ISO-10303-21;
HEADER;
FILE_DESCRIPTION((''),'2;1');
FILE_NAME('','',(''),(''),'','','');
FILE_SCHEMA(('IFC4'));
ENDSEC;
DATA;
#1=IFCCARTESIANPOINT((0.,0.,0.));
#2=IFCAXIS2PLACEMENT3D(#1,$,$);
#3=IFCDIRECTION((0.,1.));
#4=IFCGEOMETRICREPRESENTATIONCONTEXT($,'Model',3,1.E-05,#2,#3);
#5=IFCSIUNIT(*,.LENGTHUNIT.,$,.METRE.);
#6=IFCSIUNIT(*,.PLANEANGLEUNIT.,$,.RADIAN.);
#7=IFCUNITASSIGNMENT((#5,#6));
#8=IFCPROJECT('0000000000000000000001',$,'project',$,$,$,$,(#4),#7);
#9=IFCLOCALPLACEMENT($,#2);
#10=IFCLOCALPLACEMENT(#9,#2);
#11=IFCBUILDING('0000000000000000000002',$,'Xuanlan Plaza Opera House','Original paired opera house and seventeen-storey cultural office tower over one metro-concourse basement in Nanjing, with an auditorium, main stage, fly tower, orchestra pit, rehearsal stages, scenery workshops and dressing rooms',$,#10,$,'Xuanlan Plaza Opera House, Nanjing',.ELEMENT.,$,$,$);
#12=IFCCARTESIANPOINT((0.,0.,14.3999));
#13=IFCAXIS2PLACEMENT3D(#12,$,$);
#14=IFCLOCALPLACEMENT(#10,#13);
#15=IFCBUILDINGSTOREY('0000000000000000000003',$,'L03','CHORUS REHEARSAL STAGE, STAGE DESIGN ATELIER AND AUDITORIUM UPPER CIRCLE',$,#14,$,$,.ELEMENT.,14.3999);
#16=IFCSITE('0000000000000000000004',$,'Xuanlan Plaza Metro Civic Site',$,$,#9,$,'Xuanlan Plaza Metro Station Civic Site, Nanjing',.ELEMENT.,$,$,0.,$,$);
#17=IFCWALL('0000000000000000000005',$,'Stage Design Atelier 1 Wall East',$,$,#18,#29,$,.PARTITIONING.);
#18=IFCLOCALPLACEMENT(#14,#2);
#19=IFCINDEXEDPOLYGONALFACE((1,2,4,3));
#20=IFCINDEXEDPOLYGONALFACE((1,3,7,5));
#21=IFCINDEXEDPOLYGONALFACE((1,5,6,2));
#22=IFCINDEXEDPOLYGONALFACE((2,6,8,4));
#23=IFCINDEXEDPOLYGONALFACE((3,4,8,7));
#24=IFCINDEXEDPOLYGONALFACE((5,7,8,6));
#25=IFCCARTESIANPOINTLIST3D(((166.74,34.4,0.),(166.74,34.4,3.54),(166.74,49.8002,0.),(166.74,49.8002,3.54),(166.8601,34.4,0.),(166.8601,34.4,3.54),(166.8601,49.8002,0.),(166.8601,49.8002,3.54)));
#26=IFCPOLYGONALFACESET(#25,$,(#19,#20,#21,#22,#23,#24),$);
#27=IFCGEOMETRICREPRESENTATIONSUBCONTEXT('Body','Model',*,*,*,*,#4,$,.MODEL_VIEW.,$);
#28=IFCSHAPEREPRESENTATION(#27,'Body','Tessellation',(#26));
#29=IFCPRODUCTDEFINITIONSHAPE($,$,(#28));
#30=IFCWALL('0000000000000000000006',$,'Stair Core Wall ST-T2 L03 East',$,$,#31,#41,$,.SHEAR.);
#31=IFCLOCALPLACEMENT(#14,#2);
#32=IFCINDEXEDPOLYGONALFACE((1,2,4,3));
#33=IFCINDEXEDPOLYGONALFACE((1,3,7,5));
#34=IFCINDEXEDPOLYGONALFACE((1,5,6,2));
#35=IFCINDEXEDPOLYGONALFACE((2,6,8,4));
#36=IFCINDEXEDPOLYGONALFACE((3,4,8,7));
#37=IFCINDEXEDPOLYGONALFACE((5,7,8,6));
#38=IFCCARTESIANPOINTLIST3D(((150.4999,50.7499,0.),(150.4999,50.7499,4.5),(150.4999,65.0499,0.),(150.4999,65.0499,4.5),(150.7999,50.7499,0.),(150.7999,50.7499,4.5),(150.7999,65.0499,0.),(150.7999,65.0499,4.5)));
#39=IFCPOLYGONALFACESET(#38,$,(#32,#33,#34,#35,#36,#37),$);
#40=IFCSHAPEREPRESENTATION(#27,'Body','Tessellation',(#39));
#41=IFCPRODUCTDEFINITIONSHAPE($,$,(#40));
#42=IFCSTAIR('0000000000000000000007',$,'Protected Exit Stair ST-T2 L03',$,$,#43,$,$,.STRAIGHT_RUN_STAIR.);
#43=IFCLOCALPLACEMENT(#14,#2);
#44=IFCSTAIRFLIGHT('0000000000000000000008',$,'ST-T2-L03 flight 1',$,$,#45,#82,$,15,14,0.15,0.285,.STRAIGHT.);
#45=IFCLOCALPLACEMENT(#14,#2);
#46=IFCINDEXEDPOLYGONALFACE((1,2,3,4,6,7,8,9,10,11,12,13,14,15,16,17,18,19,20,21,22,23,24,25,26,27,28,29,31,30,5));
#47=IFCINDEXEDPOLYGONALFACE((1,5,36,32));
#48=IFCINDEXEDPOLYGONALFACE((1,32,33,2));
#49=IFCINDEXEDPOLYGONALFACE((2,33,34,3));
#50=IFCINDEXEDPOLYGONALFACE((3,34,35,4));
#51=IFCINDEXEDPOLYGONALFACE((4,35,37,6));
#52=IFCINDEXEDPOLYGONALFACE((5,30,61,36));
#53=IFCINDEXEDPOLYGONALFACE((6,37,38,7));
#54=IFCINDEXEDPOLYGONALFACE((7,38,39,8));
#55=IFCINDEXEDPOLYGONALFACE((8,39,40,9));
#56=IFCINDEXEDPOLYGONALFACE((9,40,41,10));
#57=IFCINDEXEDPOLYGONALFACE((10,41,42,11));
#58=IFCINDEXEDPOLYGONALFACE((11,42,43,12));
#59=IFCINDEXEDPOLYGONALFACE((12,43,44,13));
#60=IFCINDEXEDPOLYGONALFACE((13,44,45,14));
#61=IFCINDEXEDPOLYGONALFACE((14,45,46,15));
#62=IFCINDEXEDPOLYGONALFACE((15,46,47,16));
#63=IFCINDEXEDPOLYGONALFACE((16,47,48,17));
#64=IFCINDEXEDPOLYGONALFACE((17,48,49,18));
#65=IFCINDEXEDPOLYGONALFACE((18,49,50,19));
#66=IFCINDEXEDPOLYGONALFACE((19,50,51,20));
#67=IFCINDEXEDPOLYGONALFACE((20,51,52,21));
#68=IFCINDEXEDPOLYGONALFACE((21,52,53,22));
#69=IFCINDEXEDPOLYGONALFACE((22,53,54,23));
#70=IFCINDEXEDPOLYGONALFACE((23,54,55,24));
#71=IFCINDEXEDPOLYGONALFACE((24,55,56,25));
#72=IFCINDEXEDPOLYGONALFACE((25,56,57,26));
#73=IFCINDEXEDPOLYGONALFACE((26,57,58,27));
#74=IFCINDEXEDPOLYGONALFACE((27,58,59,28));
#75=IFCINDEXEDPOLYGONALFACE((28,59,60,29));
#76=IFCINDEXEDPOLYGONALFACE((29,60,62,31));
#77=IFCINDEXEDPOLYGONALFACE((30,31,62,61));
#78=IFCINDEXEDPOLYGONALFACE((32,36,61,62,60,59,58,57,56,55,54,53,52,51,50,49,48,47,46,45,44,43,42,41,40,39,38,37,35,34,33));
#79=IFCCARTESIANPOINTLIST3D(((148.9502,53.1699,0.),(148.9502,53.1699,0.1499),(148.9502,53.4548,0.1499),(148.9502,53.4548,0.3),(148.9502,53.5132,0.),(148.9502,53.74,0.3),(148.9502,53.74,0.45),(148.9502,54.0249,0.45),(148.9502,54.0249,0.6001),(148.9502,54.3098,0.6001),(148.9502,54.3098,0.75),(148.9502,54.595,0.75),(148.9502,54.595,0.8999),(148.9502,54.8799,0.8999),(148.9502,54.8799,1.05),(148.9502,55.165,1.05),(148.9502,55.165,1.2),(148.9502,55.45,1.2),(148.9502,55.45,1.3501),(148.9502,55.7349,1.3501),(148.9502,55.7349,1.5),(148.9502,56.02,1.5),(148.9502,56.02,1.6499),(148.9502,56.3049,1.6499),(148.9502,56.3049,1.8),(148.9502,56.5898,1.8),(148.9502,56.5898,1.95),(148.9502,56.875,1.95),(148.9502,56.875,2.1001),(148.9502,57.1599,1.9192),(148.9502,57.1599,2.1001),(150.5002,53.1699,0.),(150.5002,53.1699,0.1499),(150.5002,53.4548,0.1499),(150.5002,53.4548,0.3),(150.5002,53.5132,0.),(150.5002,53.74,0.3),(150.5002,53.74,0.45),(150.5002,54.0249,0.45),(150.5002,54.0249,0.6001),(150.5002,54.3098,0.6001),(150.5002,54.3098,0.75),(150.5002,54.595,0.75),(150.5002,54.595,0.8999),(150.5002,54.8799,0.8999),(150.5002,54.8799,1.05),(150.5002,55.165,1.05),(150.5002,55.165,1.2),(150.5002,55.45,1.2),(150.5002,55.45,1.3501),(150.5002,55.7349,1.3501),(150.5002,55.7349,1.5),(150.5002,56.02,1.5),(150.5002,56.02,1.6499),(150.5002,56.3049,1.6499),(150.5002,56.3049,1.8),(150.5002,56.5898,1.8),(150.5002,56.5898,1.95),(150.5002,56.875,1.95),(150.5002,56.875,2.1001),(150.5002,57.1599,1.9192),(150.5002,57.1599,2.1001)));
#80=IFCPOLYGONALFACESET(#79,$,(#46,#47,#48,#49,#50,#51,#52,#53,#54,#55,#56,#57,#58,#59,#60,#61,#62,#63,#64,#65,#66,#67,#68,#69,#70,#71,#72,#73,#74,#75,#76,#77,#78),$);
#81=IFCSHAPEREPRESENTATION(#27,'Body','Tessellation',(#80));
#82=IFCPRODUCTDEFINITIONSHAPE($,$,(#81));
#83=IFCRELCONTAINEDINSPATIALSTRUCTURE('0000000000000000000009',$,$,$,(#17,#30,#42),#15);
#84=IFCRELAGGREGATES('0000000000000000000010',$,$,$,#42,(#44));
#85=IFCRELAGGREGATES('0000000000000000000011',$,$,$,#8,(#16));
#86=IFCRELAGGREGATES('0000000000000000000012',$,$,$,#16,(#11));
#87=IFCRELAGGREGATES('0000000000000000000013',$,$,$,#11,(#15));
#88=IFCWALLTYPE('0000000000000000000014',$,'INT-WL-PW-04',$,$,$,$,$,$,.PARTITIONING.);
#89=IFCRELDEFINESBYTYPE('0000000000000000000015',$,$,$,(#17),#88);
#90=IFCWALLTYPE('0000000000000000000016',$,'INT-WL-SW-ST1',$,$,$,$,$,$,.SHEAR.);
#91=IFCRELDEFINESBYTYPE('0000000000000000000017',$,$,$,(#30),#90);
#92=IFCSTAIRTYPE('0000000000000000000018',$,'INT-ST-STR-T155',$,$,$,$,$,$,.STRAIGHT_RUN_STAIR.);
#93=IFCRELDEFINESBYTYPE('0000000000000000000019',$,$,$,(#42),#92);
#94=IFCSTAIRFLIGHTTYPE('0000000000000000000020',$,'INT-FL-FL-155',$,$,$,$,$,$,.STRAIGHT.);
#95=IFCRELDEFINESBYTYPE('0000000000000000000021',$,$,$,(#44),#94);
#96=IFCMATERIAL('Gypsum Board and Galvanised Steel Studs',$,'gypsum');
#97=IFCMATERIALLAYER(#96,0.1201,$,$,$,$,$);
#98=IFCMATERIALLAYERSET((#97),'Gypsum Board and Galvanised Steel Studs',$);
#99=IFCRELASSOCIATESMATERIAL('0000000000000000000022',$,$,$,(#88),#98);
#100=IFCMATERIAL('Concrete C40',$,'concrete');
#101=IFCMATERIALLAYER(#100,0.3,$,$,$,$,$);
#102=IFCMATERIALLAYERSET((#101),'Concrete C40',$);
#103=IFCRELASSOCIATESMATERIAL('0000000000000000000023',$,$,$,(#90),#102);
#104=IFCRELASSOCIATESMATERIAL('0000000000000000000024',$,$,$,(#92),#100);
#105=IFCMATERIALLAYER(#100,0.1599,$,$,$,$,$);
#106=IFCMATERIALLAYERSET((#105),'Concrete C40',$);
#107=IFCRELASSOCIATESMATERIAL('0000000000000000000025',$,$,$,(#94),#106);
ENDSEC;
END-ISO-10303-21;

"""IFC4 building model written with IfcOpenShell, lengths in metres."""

from ifc_helpers import new_model, si_unit, direction, frame, frame_2d, origin, place, context, subcontext, project, spatial, polyline, rectangle, outline, extrude, material, layer, layer_set, type_object, element, aggregate, save


model = new_model("IFC4")

# Units and contexts
model_context = context("Model", 3, precision=1e-05, world=origin(), true_north=direction((0.0, 1.0)))
body_context = subcontext(model_context, "Body", "Model", "MODEL_VIEW")
ifc_project = project(units=[si_unit("LENGTHUNIT", "METRE"), si_unit("PLANEANGLEUNIT", "RADIAN")], contexts=[model_context])

# Site, building, storey
site_placement = place(None, origin())
site = spatial("IfcSite", under=ifc_project, at=site_placement, Name="Xuanlan Plaza Metro Civic Site", LongName="Xuanlan Plaza Metro Station Civic Site, Nanjing", CompositionType="ELEMENT", RefElevation=0.0)
building_placement = place(site_placement, origin())
building = spatial("IfcBuilding", under=site, at=building_placement, Name="Xuanlan Plaza Opera House", Description="Original paired opera house and seventeen-storey cultural office tower over one metro-concourse basement in Nanjing, with an auditorium, main stage, fly tower, orchestra pit, rehearsal stages, scenery workshops and dressing rooms", LongName="Xuanlan Plaza Opera House, Nanjing", CompositionType="ELEMENT")
storey_placement = place(building_placement, frame((0.0, 0.0, 14.3999)))
storey = spatial("IfcBuildingStorey", under=building, at=storey_placement, Name="L03", Description="CHORUS REHEARSAL STAGE, STAGE DESIGN ATELIER AND AUDITORIUM UPPER CIRCLE", CompositionType="ELEMENT", Elevation=14.3999)

# Shared definitions
ifc_material_1 = material(Name="Concrete C40", Category="concrete")

# Shared definitions
ifc_material_2 = material(Name="Gypsum Board and Galvanised Steel Studs", Category="gypsum")

# Shared definitions
ifc_layer_1 = layer(ifc_material_2, 0.1201)
ifc_layer_set_1 = layer_set([ifc_layer_1], Name="Gypsum Board and Galvanised Steel Studs")
wall_type_1 = type_object("IfcWallType", Name="INT-WL-PW-04", PredefinedType="PARTITIONING", material=ifc_layer_set_1)

# Walls
wall_1_placement = place(storey_placement, frame((166.8, 34.3999, 0.0), z_axis=(0.0, 0.0, 1.0), x_axis=(0.0, 1.0, 0.0)))
element("IfcWall", 1, at=wall_1_placement, inside=storey, type_object=wall_type_1, Name="Stage Design Atelier 1 Wall East", PredefinedType="PARTITIONING", context=body_context, shape_type="SweptSolid", body=[
    extrude(rectangle(XDim=15.4001, YDim=0.1201, at=frame_2d((7.7002, 0.0))), origin(), (0.0, 0.0, 1.0), 3.54),
])
ifc_layer_2 = layer(ifc_material_1, 0.3)
ifc_layer_set_2 = layer_set([ifc_layer_2], Name="Concrete C40")
wall_type_2 = type_object("IfcWallType", Name="INT-WL-SW-ST1", PredefinedType="SHEAR", material=ifc_layer_set_2)
wall_2_placement = place(storey_placement, frame((150.6499, 50.75, 0.0), z_axis=(0.0, 0.0, 1.0), x_axis=(0.0, 1.0, 0.0)))
element("IfcWall", 2, at=wall_2_placement, inside=storey, type_object=wall_type_2, Name="Stair Core Wall ST-T2 L03 East", PredefinedType="SHEAR", context=body_context, shape_type="SweptSolid", body=[
    extrude(rectangle(XDim=14.3, YDim=0.3, at=frame_2d((7.1499, 0.0))), origin(), (0.0, 0.0, 1.0), 4.5),
])

# Stair, stair flight
stair_type = type_object("IfcStairType", Name="INT-ST-STR-T155", PredefinedType="STRAIGHT_RUN_STAIR", material=ifc_material_1)
stair_placement = place(storey_placement, origin())
stair = element("IfcStair", 3, at=stair_placement, inside=storey, type_object=stair_type, Name="Protected Exit Stair ST-T2 L03", PredefinedType="STRAIGHT_RUN_STAIR")
ifc_layer_3 = layer(ifc_material_1, 0.1599)
ifc_layer_set_3 = layer_set([ifc_layer_3], Name="Concrete C40")
stair_flight_type = type_object("IfcStairFlightType", Name="INT-FL-FL-155", PredefinedType="STRAIGHT", material=ifc_layer_set_3)
stair_flight_placement = place(storey_placement, frame((149.7251, 53.1699, 0.0), z_axis=(0.0, 0.0, 1.0), x_axis=(0.0, 1.0, 0.0)))
stair_flight = element("IfcStairFlight", 4, at=stair_flight_placement, type_object=stair_flight_type, Name="ST-T2-L03 flight 1", NumberOfRisers=15, NumberOfTreads=14, PredefinedType="STRAIGHT", RiserHeight=0.15, TreadLength=0.285, context=body_context, shape_type="SweptSolid", body=[
    extrude(outline(polyline([(0.0, 0.0), (0.0, 0.1499), (0.2849, 0.1499), (0.2849, 0.3), (0.5701, 0.3), (0.5701, 0.45), (0.855, 0.45), (0.855, 0.6001), (1.1399, 0.6001), (1.1399, 0.75), (1.425, 0.75), (1.425, 0.8999), (1.71, 0.8999), (1.71, 1.05), (1.9951, 1.05), (1.9951, 1.2), (2.28, 1.2), (2.28, 1.3501), (2.5649, 1.3501), (2.5649, 1.5), (2.8501, 1.5), (2.8501, 1.6499), (3.135, 1.6499), (3.135, 1.8), (3.4199, 1.8), (3.4199, 1.95), (3.7051, 1.95), (3.7051, 2.1001), (3.99, 2.1001), (3.99, 2.25), (3.99, 1.9192), (0.3433, 0.0), (0.0, 0.0)])), frame((0.0, 0.7749, 0.0), z_axis=(0.0, -1.0, 0.0), x_axis=(1.0, 0.0, 0.0)), (0.0, 0.0, 1.0), 1.55),
])
aggregate(stair, [stair_flight])

save(model, "model.ifc")
